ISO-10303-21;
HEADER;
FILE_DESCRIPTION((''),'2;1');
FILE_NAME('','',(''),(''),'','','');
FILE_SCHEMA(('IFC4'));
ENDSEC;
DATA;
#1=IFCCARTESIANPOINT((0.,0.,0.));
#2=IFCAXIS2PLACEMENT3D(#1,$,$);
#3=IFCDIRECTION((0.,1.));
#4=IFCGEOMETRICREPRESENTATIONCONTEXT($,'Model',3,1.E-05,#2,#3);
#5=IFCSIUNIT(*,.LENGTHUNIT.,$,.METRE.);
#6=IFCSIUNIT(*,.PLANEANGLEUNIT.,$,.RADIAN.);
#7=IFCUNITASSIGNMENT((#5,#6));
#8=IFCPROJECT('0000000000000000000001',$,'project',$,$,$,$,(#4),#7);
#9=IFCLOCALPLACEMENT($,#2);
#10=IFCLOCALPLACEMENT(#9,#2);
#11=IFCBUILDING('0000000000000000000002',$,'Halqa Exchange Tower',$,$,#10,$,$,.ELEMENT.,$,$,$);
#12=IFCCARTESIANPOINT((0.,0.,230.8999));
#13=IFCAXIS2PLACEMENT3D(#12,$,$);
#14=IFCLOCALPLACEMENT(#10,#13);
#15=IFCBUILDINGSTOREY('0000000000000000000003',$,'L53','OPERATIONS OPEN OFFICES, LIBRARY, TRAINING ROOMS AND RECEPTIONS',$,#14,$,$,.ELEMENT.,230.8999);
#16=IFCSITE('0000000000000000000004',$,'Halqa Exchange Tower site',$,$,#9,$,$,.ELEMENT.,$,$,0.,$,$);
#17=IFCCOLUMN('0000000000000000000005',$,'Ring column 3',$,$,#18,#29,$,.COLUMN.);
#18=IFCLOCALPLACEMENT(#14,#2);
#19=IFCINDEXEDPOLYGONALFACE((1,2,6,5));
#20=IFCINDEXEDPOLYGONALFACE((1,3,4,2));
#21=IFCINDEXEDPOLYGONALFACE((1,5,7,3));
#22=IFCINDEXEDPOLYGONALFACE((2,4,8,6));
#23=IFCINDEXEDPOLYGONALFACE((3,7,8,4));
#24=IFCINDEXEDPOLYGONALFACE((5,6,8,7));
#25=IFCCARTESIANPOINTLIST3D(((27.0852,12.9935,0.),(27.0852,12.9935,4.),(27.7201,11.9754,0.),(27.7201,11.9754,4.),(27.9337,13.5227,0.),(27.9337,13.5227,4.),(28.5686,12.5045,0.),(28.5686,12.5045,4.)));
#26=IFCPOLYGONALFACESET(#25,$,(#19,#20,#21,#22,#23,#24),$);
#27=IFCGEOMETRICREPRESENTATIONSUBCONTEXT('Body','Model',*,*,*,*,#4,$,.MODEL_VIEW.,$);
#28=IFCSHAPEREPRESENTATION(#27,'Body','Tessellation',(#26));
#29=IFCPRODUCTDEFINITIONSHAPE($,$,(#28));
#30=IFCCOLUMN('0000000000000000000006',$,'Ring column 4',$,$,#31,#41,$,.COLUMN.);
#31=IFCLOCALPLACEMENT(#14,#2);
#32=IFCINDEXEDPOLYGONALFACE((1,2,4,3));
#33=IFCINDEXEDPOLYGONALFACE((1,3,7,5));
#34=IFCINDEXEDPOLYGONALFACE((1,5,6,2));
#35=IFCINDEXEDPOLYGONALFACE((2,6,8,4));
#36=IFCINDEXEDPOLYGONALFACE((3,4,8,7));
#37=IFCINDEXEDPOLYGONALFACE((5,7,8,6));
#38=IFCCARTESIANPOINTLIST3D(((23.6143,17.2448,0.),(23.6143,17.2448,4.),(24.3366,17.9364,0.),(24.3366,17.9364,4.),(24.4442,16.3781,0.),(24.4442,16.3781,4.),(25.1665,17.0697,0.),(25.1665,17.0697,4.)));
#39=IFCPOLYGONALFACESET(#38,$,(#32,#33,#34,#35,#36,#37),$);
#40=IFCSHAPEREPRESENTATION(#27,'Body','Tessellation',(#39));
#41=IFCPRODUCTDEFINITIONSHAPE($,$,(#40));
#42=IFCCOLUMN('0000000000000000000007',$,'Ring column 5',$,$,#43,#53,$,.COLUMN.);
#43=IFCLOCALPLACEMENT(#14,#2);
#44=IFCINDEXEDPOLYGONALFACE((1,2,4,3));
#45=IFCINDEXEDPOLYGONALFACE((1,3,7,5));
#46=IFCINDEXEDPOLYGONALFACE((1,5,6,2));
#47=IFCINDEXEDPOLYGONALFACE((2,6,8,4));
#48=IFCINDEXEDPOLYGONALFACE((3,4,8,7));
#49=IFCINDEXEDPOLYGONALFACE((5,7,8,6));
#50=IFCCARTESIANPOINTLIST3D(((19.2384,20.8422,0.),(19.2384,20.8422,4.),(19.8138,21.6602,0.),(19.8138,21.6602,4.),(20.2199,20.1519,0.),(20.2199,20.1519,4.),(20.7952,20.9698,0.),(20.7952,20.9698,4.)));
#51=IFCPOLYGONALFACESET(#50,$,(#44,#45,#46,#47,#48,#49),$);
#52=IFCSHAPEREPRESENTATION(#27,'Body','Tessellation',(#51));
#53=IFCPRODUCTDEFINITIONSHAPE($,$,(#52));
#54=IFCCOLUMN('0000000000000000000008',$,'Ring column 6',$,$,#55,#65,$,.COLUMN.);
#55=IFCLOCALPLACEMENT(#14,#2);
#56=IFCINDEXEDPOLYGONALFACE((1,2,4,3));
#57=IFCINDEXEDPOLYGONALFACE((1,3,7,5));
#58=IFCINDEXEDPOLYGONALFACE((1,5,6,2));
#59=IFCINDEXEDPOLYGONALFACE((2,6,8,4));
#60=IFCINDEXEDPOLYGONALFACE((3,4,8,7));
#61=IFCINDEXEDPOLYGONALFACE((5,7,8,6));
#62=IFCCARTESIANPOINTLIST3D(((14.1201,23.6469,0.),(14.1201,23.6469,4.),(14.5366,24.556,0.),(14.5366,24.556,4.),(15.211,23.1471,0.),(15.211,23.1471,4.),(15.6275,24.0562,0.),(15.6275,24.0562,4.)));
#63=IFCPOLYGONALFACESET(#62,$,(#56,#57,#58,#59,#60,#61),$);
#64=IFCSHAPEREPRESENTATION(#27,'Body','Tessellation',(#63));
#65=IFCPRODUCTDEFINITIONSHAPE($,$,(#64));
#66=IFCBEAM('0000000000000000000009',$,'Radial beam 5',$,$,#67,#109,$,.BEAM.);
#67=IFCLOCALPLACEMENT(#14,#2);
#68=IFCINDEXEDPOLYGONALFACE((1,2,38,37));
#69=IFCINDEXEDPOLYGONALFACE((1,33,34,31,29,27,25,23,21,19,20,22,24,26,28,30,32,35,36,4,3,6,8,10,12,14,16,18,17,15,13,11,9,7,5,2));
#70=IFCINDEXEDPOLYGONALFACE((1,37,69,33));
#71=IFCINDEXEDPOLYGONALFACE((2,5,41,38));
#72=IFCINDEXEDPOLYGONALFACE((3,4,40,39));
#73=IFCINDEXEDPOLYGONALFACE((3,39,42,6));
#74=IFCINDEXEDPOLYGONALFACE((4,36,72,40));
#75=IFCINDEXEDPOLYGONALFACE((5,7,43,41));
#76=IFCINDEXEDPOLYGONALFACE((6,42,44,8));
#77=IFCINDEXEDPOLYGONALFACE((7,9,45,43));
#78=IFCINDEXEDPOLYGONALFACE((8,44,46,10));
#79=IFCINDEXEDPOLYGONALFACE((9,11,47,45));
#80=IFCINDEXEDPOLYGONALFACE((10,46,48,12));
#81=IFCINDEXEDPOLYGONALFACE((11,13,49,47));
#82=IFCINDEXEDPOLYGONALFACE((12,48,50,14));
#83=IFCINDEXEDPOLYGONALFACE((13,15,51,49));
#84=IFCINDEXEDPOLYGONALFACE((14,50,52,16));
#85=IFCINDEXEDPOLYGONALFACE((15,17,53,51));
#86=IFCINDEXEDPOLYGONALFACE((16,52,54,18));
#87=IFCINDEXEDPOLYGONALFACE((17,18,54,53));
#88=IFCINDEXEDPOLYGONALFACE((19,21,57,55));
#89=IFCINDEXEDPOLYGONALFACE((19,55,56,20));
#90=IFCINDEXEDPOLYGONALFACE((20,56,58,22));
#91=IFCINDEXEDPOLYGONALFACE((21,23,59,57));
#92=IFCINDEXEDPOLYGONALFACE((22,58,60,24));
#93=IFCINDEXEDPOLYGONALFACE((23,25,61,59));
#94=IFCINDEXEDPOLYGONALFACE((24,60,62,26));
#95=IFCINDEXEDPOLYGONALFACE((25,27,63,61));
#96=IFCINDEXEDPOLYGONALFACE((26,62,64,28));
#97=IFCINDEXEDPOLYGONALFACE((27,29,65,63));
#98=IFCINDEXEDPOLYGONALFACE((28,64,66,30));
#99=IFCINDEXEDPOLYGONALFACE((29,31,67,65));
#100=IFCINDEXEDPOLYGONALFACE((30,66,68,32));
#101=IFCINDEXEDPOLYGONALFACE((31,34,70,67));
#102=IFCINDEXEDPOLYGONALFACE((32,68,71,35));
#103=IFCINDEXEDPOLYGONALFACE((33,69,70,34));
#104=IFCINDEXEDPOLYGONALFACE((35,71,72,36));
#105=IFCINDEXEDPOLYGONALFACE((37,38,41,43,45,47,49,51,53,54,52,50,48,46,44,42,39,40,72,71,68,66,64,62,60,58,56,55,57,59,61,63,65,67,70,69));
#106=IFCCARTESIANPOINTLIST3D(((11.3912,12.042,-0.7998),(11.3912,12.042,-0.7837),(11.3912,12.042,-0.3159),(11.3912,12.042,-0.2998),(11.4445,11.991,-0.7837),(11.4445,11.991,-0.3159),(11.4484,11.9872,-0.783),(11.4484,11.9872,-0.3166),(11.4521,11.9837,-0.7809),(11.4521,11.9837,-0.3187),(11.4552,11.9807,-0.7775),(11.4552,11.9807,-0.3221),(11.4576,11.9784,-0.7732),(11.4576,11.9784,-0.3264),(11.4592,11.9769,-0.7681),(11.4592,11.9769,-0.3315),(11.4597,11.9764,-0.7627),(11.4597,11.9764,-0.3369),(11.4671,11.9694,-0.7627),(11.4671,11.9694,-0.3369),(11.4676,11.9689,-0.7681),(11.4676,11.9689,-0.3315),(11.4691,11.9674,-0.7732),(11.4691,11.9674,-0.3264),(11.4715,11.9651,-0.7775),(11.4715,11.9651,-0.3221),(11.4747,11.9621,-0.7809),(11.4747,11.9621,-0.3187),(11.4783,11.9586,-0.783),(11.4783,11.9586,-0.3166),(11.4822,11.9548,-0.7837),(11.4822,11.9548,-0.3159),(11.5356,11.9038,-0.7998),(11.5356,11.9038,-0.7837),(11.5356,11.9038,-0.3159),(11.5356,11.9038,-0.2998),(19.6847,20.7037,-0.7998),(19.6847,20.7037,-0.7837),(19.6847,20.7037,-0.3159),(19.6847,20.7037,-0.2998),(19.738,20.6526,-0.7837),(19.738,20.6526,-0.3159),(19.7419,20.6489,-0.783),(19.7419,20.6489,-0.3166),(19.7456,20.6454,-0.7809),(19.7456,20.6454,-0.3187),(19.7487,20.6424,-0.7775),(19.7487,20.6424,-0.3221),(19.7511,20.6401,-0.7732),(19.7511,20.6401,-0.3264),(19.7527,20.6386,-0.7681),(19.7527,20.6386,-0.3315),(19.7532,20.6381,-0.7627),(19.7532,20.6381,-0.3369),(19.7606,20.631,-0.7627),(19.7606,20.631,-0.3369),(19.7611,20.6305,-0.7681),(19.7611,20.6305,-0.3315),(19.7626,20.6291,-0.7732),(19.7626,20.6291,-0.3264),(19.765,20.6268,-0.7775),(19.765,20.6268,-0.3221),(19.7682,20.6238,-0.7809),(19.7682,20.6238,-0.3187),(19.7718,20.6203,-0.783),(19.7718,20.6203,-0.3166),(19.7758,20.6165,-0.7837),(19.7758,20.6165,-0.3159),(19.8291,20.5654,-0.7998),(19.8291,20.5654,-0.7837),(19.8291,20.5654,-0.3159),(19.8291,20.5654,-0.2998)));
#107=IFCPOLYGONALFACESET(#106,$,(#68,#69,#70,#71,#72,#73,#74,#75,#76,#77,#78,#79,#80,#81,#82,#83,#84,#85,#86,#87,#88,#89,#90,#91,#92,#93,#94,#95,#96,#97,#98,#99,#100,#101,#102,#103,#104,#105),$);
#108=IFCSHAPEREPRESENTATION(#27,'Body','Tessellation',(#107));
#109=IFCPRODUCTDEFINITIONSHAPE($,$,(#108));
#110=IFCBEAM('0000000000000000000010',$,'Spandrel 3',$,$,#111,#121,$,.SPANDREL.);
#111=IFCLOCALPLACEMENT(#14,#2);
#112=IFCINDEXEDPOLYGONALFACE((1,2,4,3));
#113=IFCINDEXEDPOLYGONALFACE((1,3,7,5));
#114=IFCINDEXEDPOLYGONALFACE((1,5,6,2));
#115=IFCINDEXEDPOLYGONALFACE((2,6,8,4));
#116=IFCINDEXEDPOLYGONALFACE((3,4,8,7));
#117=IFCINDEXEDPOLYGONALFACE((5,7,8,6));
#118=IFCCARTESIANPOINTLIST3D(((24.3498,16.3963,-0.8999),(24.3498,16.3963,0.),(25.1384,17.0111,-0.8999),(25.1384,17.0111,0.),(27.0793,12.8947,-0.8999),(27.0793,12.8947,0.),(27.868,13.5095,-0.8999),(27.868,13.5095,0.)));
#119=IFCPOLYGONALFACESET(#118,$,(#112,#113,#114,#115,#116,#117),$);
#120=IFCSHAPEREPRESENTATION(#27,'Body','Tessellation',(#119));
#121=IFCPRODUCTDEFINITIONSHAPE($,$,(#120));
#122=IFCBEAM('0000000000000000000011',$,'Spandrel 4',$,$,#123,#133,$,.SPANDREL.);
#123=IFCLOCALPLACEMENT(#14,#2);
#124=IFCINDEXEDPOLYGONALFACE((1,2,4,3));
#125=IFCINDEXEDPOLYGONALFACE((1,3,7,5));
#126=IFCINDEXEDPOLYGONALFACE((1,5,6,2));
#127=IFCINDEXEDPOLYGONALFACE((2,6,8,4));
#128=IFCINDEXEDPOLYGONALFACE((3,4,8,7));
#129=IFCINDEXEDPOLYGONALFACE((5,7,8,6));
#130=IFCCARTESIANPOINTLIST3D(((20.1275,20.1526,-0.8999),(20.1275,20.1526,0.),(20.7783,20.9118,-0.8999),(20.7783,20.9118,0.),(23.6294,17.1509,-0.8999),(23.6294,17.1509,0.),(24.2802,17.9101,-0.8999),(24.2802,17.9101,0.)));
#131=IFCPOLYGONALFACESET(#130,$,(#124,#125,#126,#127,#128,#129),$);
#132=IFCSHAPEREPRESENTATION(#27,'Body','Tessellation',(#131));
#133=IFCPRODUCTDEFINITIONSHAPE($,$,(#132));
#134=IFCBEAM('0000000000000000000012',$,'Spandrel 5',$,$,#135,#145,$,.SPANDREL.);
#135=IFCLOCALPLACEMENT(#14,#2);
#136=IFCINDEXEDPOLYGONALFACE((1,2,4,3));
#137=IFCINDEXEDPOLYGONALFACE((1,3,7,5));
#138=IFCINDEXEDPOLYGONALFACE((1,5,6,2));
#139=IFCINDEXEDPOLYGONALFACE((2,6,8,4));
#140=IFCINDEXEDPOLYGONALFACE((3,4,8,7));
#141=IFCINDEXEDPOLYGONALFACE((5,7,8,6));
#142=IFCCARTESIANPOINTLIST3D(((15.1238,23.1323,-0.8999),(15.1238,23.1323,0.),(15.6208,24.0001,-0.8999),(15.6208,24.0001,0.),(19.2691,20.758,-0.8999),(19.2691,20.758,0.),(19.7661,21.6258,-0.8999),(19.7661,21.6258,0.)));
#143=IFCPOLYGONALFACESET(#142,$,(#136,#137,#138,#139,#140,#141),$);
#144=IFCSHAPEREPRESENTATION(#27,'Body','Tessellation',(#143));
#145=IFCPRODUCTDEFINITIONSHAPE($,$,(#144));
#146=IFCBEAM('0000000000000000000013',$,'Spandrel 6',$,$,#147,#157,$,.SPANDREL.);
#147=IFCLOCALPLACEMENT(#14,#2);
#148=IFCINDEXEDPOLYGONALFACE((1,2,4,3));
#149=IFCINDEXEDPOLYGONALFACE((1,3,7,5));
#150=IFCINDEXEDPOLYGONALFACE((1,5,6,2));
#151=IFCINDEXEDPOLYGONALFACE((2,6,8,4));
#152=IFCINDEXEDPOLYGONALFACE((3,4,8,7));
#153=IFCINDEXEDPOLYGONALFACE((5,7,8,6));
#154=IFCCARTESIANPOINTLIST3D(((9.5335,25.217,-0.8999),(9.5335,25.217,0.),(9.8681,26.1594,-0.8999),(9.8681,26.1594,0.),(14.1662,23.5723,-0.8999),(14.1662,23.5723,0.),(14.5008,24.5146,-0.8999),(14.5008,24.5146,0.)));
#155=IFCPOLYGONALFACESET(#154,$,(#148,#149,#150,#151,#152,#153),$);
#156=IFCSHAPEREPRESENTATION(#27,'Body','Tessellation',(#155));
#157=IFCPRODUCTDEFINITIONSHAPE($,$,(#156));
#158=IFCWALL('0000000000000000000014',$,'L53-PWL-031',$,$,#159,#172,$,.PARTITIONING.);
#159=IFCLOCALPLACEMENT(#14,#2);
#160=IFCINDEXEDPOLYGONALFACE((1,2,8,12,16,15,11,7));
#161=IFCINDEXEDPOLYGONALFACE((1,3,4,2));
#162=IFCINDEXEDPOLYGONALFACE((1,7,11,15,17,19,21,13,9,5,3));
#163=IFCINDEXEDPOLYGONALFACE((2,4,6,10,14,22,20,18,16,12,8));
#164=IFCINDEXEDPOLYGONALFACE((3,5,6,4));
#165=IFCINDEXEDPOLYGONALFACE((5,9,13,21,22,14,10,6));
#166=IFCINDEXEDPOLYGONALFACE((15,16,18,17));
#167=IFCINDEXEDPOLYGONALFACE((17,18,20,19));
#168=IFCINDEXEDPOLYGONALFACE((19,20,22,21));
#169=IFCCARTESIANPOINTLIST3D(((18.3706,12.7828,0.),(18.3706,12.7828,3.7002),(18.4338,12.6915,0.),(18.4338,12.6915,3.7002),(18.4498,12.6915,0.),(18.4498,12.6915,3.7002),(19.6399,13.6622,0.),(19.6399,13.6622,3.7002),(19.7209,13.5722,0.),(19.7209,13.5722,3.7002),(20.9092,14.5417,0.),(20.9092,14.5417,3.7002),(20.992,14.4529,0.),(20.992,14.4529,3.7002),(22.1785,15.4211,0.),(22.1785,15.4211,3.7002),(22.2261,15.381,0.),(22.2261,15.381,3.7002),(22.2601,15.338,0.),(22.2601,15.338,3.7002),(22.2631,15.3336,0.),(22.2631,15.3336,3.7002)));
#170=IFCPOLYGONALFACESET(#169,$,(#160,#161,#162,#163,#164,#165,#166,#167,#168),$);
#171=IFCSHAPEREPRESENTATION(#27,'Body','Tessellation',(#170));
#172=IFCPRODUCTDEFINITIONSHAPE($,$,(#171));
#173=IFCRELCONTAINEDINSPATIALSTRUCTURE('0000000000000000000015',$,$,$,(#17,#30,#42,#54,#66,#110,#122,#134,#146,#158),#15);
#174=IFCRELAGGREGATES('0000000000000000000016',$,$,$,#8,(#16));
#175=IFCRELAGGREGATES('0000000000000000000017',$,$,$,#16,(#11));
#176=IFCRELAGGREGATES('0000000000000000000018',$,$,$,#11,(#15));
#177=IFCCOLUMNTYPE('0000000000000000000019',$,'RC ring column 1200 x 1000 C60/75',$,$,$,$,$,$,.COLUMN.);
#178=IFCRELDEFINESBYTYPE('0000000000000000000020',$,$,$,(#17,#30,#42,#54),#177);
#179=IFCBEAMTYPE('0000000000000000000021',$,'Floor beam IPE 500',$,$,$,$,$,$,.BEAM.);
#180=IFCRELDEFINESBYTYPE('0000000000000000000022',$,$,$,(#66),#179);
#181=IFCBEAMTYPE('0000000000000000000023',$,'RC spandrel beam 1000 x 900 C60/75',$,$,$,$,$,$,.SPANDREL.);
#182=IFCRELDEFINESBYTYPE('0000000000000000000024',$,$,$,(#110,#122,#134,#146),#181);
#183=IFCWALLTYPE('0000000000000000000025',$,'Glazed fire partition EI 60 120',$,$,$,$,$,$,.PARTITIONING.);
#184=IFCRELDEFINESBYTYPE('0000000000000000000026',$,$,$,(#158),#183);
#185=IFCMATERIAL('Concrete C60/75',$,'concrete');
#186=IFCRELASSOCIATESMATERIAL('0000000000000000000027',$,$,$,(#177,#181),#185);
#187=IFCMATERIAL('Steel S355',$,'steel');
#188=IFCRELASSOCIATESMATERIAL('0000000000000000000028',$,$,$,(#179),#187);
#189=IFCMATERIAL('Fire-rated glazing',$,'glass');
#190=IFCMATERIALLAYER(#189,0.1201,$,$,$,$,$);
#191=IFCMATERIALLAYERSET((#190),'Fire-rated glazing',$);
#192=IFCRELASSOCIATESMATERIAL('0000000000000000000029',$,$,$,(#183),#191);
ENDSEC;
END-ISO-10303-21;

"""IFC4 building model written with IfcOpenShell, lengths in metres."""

from ifc_helpers import new_model, si_unit, direction, frame, origin, origin_2d, place, context, subcontext, project, spatial, polyline, rectangle, i_section, outline, extrude, material, layer, layer_set, material_profile, profile_set, type_object, element, save


model = new_model("IFC4")

# Units and contexts
model_context = context("Model", 3, precision=1e-05, world=origin(), true_north=direction((0.0, 1.0)))
body_context = subcontext(model_context, "Body", "Model", "MODEL_VIEW")
ifc_project = project(units=[si_unit("LENGTHUNIT", "METRE"), si_unit("PLANEANGLEUNIT", "RADIAN")], contexts=[model_context])

# Site, building, storey
site_placement = place(None, origin())
site = spatial("IfcSite", under=ifc_project, at=site_placement, Name="Halqa Exchange Tower site", CompositionType="ELEMENT", RefElevation=0.0)
building_placement = place(site_placement, origin())
building = spatial("IfcBuilding", under=site, at=building_placement, Name="Halqa Exchange Tower", CompositionType="ELEMENT")
storey_placement = place(building_placement, frame((0.0, 0.0, 230.8999)))
storey = spatial("IfcBuildingStorey", under=building, at=storey_placement, Name="L53", Description="OPERATIONS OPEN OFFICES, LIBRARY, TRAINING ROOMS AND RECEPTIONS", CompositionType="ELEMENT", Elevation=230.8999)

# Columns
ifc_material_1 = material(Name="Concrete C60/75", Category="concrete")
ifc_material_profile_1 = material_profile(ifc_material_1, rectangle(XDim=1.2, YDim=1.0, at=origin_2d()), Name="1200 x 1000")
ifc_profile_set_1 = profile_set([ifc_material_profile_1], Name="Concrete C60/75")
column_type = type_object("IfcColumnType", Name="RC ring column 1200 x 1000 C60/75", PredefinedType="COLUMN", material=ifc_profile_set_1)
for number, where, z_axis, x_axis, name in (
    (1, (27.8269, 12.749, 0.0), (0.0, 0.0, 1.0), (-0.529146, 0.848531, 0.0), "Ring column 3"),
    (2, (24.3904, 17.1572, 0.0), (0.0, 0.0, 1.0), (-0.691576, 0.722304, 0.0), "Ring column 4"),
    (3, (20.0168, 20.906, 0.0), (0.0, 0.0, 1.0), (-0.817909, 0.575348, 0.0), "Ring column 5"),
    (4, (14.8738, 23.8516, 0.0), (0.0, 0.0, 1.0), (-0.909129, 0.416516, 0.0), "Ring column 6"),
):
    element("IfcColumn", number, at=place(storey_placement, frame(where, z_axis=z_axis, x_axis=x_axis)), inside=storey, type_object=column_type, Name=name, PredefinedType="COLUMN", context=body_context, shape_type="SweptSolid", body=[
        extrude(rectangle(XDim=1.2, YDim=1.0, at=origin_2d()), origin(), (0.0, 0.0, 1.0), 4.0),
    ])

# Beams
ifc_material_2 = material(Name="Steel S355", Category="steel")
ifc_material_profile_2 = material_profile(ifc_material_2, i_section(OverallWidth=0.2, OverallDepth=0.5, WebThickness=0.0103, FlangeThickness=0.0161, FilletRadius=0.021, at=origin_2d()), Name="IPE 500")
ifc_profile_set_2 = profile_set([ifc_material_profile_2], Name="Steel S355")
beam_type_1 = type_object("IfcBeamType", Name="Floor beam IPE 500", PredefinedType="BEAM", material=ifc_profile_set_2)
beam_1_placement = place(storey_placement, frame((11.4634, 11.9729, -0.5498), z_axis=(0.69159, 0.722291, 0.0), x_axis=(-0.722291, 0.69159, 0.0)))
element("IfcBeam", 5, at=beam_1_placement, inside=storey, type_object=beam_type_1, Name="Radial beam 5", PredefinedType="BEAM", context=body_context, shape_type="SweptSolid", body=[
    extrude(i_section(OverallWidth=0.2, OverallDepth=0.5, WebThickness=0.0103, FlangeThickness=0.0161, FilletRadius=0.021, at=origin_2d()), origin(), (0.0, 0.0, 1.0), 11.9919),
])
ifc_material_profile_3 = material_profile(ifc_material_1, rectangle(XDim=1.0, YDim=0.8999, at=origin_2d()), Name="1000 x 900")
ifc_profile_set_3 = profile_set([ifc_material_profile_3], Name="Concrete C60/75")
beam_type_2 = type_object("IfcBeamType", Name="RC spandrel beam 1000 x 900 C60/75", PredefinedType="SPANDREL", material=ifc_profile_set_3)
beam_2_placement = place(storey_placement, frame((27.4736, 13.2021, -0.45), z_axis=(-0.614801, 0.788683, 0.0), x_axis=(-0.788683, -0.614801, 0.0)))
element("IfcBeam", 6, at=beam_2_placement, inside=storey, type_object=beam_type_2, Name="Spandrel 3", PredefinedType="SPANDREL", context=body_context, shape_type="SweptSolid", body=[
    extrude(rectangle(XDim=1.0, YDim=0.8999, at=origin_2d()), origin(), (0.0, 0.0, 1.0), 4.4397),
])
beam_3_placement = place(storey_placement, frame((23.9548, 17.5305, -0.45), z_axis=(-0.759253, 0.650796, 0.0), x_axis=(-0.650796, -0.759253, 0.0)))
element("IfcBeam", 7, at=beam_3_placement, inside=storey, type_object=beam_type_2, Name="Spandrel 4", PredefinedType="SPANDREL", context=body_context, shape_type="SweptSolid", body=[
    extrude(rectangle(XDim=1.0, YDim=0.8999, at=origin_2d()), origin(), (0.0, 0.0, 1.0), 4.6123),
])
beam_4_placement = place(storey_placement, frame((19.5176, 21.1919, -0.45), z_axis=(-0.867743, 0.497014, 0.0), x_axis=(-0.497014, -0.867743, 0.0)))
element("IfcBeam", 8, at=beam_4_placement, inside=storey, type_object=beam_type_2, Name="Spandrel 5", PredefinedType="SPANDREL", context=body_context, shape_type="SweptSolid", body=[
    extrude(rectangle(XDim=1.0, YDim=0.8999, at=origin_2d()), origin(), (0.0, 0.0, 1.0), 4.7771),
])
beam_5_placement = place(storey_placement, frame((14.3335, 24.0435, -0.45), z_axis=(-0.942372, 0.334568, 0.0), x_axis=(-0.334568, -0.942372, 0.0)))
element("IfcBeam", 9, at=beam_5_placement, inside=storey, type_object=beam_type_2, Name="Spandrel 6", PredefinedType="SPANDREL", context=body_context, shape_type="SweptSolid", body=[
    extrude(rectangle(XDim=1.0, YDim=0.8999, at=origin_2d()), origin(), (0.0, 0.0, 1.0), 4.916),
])

# Wall
ifc_material_3 = material(Name="Fire-rated glazing", Category="glass")
ifc_layer_1 = layer(ifc_material_3, 0.1201)
ifc_layer_set_1 = layer_set([ifc_layer_1], Name="Fire-rated glazing")
wall_type_1 = type_object("IfcWallType", Name="Glazed fire partition EI 60 120", PredefinedType="PARTITIONING", material=ifc_layer_set_1)
wall_1_placement = place(storey_placement, frame((18.4048, 12.7334, 0.0), z_axis=(0.0, 0.0, 1.0), x_axis=(0.821979, 0.569518, 0.0)))
element("IfcWall", 10, at=wall_1_placement, inside=storey, type_object=wall_type_1, Name="L53-PWL-031", PredefinedType="PARTITIONING", context=body_context, shape_type="SweptSolid", body=[
    extrude(outline(polyline([(4.6523, -0.0601), (4.6523, -0.0547), (4.6489, 0.0), (4.6326, 0.0601), (3.0884, 0.0601), (1.5442, 0.0601), (0.0, 0.0601), (0.0, -0.051), (0.0132, -0.0601), (1.5596, -0.0601), (3.106, -0.0601), (4.6523, -0.0601)])), origin(), (0.0, 0.0, 1.0), 3.7002),
])

save(model, "model.ifc")
